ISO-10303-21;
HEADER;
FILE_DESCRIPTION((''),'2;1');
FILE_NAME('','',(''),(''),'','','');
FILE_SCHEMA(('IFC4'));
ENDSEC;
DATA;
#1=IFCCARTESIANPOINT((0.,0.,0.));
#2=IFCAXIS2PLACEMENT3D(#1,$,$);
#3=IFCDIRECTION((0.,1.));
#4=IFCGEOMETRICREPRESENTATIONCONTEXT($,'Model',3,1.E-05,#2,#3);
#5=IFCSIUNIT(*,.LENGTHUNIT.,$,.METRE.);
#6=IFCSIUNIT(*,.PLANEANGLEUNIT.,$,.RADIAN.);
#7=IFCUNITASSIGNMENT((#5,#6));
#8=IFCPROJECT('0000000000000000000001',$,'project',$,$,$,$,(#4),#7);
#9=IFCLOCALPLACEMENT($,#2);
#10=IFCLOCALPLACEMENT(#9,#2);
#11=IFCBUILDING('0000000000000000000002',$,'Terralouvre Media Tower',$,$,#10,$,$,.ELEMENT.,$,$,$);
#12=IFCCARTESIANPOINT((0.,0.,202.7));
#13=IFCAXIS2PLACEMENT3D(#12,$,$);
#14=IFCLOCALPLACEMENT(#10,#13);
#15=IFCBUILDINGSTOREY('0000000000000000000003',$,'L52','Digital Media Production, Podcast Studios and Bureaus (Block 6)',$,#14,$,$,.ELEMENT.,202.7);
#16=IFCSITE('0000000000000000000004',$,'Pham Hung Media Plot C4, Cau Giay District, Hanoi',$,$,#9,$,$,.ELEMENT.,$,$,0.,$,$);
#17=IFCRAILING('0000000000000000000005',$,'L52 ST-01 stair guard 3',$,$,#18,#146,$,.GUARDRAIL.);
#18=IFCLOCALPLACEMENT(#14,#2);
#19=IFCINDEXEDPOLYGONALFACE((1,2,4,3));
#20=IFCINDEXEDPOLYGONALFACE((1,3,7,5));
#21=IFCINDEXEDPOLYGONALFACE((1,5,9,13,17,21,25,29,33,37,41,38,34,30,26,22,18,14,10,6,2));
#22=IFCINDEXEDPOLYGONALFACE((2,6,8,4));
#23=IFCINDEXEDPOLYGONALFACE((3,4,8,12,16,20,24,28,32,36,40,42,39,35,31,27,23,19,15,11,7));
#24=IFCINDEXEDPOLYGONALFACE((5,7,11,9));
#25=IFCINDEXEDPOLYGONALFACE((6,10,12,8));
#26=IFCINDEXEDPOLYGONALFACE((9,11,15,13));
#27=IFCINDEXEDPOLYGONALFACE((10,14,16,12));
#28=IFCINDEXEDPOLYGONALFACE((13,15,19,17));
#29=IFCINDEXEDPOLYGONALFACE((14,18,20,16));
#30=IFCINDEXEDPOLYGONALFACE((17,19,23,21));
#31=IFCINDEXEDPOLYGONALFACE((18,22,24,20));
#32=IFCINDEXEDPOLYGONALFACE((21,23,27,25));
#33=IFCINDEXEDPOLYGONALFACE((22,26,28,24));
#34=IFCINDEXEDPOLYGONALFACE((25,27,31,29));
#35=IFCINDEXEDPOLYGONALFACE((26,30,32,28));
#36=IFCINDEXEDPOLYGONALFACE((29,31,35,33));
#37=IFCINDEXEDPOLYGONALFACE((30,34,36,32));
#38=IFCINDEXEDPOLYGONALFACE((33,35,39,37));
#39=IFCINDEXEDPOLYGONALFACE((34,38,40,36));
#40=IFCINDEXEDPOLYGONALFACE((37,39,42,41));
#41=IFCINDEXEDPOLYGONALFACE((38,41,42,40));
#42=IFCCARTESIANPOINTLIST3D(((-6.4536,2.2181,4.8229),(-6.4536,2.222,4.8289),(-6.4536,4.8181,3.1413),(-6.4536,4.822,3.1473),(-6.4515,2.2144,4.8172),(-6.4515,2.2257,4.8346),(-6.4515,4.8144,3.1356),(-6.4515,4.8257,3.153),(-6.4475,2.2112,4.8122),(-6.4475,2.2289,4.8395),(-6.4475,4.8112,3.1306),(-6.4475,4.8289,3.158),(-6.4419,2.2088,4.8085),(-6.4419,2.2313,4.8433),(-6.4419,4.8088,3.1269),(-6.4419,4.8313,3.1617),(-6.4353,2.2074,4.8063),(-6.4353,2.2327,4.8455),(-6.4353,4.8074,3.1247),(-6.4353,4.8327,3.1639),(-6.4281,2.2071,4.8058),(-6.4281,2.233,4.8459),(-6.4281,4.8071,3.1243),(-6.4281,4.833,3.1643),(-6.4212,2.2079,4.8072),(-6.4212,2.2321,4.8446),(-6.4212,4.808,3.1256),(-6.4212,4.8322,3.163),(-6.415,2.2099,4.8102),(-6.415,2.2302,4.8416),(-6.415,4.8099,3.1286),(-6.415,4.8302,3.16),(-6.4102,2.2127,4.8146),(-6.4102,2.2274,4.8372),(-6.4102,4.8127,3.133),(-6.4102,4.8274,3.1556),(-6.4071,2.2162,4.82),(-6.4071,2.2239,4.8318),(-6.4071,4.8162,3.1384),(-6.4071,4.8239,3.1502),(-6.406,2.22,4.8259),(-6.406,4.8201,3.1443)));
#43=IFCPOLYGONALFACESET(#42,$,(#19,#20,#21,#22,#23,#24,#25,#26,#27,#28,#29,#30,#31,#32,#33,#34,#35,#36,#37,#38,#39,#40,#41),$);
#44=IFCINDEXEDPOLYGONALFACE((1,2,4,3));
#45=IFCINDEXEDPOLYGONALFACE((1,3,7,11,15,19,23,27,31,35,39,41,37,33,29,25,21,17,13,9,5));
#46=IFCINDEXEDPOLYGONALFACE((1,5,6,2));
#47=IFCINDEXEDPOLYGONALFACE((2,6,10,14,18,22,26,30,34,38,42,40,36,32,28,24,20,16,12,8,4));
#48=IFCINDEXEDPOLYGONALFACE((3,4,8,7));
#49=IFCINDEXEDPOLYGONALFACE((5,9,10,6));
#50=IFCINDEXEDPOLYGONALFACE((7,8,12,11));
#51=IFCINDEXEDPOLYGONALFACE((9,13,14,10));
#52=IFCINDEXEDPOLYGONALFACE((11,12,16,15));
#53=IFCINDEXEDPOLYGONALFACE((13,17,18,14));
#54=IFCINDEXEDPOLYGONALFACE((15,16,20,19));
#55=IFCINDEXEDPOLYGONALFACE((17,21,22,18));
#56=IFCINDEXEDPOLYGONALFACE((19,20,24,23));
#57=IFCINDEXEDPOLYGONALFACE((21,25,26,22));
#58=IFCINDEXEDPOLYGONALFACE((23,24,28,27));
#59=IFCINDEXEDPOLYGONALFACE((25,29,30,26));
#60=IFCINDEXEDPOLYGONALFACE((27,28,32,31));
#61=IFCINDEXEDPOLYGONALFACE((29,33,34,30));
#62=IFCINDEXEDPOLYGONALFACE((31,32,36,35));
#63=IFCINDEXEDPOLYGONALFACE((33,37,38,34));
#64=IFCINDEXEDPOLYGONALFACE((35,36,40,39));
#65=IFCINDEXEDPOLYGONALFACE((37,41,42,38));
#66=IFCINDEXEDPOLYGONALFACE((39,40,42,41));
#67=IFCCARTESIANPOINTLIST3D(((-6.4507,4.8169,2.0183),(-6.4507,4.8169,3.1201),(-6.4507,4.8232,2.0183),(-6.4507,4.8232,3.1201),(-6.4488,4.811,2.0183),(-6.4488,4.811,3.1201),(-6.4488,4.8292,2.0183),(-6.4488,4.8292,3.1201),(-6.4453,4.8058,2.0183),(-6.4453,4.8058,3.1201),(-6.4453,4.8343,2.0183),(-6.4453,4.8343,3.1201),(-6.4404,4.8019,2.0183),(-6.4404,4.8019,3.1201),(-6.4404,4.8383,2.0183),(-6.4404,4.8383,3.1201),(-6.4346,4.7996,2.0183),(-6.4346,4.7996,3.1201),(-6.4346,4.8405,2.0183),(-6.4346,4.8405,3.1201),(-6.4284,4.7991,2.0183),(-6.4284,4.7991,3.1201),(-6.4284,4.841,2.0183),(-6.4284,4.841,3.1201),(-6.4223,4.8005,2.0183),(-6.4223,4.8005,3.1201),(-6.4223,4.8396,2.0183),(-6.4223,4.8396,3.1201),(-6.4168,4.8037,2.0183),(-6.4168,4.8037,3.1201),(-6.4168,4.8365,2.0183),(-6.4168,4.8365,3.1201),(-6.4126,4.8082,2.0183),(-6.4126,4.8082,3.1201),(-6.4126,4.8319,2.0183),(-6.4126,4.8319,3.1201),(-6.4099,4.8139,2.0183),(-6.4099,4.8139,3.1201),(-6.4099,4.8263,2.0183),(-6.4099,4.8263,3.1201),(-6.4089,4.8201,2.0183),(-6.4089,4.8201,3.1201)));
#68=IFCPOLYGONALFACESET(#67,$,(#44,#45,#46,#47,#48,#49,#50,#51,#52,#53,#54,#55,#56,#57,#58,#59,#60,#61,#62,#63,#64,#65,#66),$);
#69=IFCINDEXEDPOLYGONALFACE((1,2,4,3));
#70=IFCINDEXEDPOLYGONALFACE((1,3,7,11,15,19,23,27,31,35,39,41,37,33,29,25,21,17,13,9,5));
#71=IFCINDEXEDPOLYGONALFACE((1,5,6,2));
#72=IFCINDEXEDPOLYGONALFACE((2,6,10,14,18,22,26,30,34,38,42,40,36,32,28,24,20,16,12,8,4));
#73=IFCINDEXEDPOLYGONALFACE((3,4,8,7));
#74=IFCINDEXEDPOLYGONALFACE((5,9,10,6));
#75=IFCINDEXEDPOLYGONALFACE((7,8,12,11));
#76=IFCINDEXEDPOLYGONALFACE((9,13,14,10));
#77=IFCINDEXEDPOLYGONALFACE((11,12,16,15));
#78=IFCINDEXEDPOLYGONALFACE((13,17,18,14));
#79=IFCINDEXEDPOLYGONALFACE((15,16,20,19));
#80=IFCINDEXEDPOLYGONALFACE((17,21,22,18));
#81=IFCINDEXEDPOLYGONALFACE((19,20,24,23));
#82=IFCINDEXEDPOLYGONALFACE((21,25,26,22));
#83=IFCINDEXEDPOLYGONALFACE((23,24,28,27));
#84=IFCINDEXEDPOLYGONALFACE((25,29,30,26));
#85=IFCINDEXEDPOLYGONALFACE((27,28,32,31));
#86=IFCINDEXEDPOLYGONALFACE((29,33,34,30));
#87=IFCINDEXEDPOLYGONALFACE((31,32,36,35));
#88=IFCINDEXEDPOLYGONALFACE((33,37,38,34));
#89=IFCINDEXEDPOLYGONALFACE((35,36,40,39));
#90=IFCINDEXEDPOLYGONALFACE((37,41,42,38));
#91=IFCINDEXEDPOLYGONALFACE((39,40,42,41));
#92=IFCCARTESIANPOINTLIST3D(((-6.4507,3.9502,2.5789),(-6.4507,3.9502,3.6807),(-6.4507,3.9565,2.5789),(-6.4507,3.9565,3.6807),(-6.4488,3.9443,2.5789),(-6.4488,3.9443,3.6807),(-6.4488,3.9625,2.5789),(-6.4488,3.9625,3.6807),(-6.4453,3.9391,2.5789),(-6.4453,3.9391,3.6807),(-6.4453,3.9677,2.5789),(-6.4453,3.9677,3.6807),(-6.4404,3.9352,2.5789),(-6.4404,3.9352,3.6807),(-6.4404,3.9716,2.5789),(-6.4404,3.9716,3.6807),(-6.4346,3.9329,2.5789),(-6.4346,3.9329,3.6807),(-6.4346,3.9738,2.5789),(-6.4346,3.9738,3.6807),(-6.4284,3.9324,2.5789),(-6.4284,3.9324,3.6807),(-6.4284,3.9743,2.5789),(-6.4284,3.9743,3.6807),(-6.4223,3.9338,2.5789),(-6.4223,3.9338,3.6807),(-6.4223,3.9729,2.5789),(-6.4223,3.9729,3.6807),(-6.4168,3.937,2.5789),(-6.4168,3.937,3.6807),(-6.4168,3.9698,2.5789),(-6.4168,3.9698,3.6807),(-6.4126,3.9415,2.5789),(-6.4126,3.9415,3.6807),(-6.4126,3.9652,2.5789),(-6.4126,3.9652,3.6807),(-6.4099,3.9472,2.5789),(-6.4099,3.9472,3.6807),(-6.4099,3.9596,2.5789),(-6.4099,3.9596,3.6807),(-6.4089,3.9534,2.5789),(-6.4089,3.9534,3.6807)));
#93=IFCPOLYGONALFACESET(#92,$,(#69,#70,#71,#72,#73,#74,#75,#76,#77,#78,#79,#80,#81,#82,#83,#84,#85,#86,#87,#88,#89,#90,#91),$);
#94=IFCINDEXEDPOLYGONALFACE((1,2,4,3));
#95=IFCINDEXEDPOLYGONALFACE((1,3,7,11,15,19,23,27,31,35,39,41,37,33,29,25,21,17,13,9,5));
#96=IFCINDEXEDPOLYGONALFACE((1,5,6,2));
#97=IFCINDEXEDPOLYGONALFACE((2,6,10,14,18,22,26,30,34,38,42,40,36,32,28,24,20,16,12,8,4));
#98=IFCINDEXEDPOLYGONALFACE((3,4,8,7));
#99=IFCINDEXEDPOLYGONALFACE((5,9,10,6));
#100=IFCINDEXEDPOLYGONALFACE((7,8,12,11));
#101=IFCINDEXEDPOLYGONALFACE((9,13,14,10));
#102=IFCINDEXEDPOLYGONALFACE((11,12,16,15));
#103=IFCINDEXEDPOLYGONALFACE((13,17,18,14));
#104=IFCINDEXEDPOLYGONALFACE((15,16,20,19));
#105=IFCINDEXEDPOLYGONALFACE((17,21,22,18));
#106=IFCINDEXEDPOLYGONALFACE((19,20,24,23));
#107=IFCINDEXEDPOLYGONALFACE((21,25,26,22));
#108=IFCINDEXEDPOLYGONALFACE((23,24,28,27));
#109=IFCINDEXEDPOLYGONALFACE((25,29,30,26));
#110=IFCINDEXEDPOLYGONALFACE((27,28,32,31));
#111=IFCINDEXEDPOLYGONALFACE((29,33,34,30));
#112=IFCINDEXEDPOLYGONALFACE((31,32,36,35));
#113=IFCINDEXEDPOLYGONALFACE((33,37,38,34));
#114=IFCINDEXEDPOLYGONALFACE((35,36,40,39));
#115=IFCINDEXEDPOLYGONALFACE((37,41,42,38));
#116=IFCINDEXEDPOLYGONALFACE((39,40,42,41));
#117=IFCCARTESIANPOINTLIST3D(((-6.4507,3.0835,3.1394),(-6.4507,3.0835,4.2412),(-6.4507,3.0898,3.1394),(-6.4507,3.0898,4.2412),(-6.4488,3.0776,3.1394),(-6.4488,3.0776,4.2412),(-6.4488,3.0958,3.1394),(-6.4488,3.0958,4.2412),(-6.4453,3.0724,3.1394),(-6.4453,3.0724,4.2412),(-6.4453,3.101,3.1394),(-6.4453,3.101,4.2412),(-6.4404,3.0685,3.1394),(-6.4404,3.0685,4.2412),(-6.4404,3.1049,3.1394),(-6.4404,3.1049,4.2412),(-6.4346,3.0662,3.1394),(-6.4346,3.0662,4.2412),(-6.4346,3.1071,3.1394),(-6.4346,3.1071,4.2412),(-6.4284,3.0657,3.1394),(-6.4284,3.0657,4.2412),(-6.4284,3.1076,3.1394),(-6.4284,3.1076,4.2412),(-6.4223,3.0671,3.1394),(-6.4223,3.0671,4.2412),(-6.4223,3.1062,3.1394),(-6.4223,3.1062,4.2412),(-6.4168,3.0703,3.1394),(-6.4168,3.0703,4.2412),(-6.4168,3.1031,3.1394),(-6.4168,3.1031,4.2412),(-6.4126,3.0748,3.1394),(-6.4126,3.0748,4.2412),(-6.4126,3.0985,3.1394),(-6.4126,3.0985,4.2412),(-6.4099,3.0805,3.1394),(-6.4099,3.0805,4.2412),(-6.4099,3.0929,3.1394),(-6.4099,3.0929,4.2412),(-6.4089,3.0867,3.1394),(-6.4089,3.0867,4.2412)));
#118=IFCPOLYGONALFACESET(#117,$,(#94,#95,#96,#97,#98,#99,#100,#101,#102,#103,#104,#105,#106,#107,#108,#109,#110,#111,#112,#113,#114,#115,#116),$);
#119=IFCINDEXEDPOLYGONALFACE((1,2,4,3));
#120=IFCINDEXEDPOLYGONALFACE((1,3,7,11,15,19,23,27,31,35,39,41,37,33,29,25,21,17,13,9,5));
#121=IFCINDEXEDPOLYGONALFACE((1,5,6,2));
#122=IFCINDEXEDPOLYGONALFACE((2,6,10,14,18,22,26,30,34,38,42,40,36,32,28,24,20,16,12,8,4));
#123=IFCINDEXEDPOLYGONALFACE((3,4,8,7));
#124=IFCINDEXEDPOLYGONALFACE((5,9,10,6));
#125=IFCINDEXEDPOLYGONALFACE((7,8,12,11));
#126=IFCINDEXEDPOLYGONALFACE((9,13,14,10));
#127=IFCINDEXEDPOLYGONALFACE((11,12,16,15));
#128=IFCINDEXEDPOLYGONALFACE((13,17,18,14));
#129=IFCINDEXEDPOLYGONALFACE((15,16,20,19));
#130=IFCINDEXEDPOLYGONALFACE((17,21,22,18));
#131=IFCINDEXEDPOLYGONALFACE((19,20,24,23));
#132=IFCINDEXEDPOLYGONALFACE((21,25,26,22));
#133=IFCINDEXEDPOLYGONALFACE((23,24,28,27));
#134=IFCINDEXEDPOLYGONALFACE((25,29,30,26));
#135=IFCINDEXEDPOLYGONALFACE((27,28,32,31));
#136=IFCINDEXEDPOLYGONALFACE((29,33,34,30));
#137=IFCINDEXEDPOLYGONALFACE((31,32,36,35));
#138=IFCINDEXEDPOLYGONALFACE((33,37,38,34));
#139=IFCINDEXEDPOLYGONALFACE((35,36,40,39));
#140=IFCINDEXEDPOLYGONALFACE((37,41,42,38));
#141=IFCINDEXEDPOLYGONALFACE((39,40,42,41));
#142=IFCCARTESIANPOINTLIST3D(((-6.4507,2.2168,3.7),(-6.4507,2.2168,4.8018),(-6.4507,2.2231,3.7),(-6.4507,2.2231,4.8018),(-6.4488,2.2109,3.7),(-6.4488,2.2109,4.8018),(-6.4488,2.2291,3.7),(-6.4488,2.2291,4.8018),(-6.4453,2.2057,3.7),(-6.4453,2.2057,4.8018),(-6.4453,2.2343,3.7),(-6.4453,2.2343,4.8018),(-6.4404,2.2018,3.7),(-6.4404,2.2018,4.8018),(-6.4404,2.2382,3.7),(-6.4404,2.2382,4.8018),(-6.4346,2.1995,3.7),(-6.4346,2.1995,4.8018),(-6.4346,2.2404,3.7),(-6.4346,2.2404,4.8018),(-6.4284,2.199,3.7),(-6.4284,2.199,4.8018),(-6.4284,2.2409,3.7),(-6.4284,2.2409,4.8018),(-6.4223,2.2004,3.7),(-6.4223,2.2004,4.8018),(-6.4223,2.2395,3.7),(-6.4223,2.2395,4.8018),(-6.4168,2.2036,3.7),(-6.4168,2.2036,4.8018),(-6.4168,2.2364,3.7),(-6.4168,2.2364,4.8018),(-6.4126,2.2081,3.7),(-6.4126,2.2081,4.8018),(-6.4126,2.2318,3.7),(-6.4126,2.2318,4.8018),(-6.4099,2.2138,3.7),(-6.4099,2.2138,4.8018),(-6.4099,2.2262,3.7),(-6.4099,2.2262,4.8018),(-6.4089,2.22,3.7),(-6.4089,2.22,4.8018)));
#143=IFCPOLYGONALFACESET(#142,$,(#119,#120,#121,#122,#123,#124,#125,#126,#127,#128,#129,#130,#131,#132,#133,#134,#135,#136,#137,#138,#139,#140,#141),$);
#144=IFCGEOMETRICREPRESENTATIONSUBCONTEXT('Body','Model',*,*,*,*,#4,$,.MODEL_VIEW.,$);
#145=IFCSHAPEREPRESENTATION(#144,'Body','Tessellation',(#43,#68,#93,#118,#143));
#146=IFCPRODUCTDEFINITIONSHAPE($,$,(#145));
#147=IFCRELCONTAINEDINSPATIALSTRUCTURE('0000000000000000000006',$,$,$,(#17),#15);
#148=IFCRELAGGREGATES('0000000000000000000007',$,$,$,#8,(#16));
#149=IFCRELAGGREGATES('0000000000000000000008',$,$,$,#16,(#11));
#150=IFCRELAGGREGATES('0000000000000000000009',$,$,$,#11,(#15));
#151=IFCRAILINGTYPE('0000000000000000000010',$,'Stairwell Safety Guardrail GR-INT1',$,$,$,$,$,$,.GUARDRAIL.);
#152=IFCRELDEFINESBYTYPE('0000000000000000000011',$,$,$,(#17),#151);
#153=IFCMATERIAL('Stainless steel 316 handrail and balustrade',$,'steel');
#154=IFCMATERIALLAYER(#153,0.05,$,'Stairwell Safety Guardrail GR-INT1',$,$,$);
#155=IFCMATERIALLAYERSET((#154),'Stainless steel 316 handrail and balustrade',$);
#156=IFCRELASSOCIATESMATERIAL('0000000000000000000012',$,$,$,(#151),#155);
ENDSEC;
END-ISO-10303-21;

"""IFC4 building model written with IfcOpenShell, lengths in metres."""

from ifc_helpers import new_model, si_unit, direction, frame, origin, origin_2d, place, context, subcontext, project, spatial, circle, extrude, material, layer, layer_set, type_object, element, save


model = new_model("IFC4")

# Units and contexts
model_context = context("Model", 3, precision=1e-05, world=origin(), true_north=direction((0.0, 1.0)))
body_context = subcontext(model_context, "Body", "Model", "MODEL_VIEW")
ifc_project = project(units=[si_unit("LENGTHUNIT", "METRE"), si_unit("PLANEANGLEUNIT", "RADIAN")], contexts=[model_context])

# Site, building, storey
site_placement = place(None, origin())
site = spatial("IfcSite", under=ifc_project, at=site_placement, Name="Pham Hung Media Plot C4, Cau Giay District, Hanoi", CompositionType="ELEMENT", RefElevation=0.0)
building_placement = place(site_placement, origin())
building = spatial("IfcBuilding", under=site, at=building_placement, Name="Terralouvre Media Tower", CompositionType="ELEMENT")
storey_placement = place(building_placement, frame((0.0, 0.0, 202.7)))
storey = spatial("IfcBuildingStorey", under=building, at=storey_placement, Name="L52", Description="Digital Media Production, Podcast Studios and Bureaus (Block 6)", CompositionType="ELEMENT", Elevation=202.7)

# Railing
ifc_material_1 = material(Name="Stainless steel 316 handrail and balustrade", Category="steel")
ifc_layer_1 = layer(ifc_material_1, 0.05, Name="Stairwell Safety Guardrail GR-INT1")
ifc_layer_set_1 = layer_set([ifc_layer_1], Name="Stainless steel 316 handrail and balustrade")
railing_type_1 = type_object("IfcRailingType", Name="Stairwell Safety Guardrail GR-INT1", PredefinedType="GUARDRAIL", material=ifc_layer_set_1)
railing_1_placement = place(storey_placement, frame((-6.4299, 4.8201, 2.0183)))
element("IfcRailing", 1, at=railing_1_placement, inside=storey, type_object=railing_type_1, Name="L52 ST-01 stair guard 3", PredefinedType="GUARDRAIL", context=body_context, shape_type="SweptSolid", body=[
    extrude(circle(Radius=0.0239, at=origin_2d()), frame((0.0, 0.0, 1.126), z_axis=(0.0, -0.839684, 0.543075), x_axis=(1.0, 0.0, 0.0)), (0.0, 0.0, 1.0), 3.0964),
    extrude(circle(Radius=0.021, at=origin_2d()), origin(), (0.0, 0.0, 1.0), 1.1018),
    extrude(circle(Radius=0.021, at=origin_2d()), frame((0.0, -0.8667, 0.5605)), (0.0, 0.0, 1.0), 1.1018),
    extrude(circle(Radius=0.021, at=origin_2d()), frame((0.0, -1.7334, 1.1211)), (0.0, 0.0, 1.0), 1.1018),
    extrude(circle(Radius=0.021, at=origin_2d()), frame((0.0, -2.6001, 1.6816)), (0.0, 0.0, 1.0), 1.1018),
])

save(model, "model.ifc")
